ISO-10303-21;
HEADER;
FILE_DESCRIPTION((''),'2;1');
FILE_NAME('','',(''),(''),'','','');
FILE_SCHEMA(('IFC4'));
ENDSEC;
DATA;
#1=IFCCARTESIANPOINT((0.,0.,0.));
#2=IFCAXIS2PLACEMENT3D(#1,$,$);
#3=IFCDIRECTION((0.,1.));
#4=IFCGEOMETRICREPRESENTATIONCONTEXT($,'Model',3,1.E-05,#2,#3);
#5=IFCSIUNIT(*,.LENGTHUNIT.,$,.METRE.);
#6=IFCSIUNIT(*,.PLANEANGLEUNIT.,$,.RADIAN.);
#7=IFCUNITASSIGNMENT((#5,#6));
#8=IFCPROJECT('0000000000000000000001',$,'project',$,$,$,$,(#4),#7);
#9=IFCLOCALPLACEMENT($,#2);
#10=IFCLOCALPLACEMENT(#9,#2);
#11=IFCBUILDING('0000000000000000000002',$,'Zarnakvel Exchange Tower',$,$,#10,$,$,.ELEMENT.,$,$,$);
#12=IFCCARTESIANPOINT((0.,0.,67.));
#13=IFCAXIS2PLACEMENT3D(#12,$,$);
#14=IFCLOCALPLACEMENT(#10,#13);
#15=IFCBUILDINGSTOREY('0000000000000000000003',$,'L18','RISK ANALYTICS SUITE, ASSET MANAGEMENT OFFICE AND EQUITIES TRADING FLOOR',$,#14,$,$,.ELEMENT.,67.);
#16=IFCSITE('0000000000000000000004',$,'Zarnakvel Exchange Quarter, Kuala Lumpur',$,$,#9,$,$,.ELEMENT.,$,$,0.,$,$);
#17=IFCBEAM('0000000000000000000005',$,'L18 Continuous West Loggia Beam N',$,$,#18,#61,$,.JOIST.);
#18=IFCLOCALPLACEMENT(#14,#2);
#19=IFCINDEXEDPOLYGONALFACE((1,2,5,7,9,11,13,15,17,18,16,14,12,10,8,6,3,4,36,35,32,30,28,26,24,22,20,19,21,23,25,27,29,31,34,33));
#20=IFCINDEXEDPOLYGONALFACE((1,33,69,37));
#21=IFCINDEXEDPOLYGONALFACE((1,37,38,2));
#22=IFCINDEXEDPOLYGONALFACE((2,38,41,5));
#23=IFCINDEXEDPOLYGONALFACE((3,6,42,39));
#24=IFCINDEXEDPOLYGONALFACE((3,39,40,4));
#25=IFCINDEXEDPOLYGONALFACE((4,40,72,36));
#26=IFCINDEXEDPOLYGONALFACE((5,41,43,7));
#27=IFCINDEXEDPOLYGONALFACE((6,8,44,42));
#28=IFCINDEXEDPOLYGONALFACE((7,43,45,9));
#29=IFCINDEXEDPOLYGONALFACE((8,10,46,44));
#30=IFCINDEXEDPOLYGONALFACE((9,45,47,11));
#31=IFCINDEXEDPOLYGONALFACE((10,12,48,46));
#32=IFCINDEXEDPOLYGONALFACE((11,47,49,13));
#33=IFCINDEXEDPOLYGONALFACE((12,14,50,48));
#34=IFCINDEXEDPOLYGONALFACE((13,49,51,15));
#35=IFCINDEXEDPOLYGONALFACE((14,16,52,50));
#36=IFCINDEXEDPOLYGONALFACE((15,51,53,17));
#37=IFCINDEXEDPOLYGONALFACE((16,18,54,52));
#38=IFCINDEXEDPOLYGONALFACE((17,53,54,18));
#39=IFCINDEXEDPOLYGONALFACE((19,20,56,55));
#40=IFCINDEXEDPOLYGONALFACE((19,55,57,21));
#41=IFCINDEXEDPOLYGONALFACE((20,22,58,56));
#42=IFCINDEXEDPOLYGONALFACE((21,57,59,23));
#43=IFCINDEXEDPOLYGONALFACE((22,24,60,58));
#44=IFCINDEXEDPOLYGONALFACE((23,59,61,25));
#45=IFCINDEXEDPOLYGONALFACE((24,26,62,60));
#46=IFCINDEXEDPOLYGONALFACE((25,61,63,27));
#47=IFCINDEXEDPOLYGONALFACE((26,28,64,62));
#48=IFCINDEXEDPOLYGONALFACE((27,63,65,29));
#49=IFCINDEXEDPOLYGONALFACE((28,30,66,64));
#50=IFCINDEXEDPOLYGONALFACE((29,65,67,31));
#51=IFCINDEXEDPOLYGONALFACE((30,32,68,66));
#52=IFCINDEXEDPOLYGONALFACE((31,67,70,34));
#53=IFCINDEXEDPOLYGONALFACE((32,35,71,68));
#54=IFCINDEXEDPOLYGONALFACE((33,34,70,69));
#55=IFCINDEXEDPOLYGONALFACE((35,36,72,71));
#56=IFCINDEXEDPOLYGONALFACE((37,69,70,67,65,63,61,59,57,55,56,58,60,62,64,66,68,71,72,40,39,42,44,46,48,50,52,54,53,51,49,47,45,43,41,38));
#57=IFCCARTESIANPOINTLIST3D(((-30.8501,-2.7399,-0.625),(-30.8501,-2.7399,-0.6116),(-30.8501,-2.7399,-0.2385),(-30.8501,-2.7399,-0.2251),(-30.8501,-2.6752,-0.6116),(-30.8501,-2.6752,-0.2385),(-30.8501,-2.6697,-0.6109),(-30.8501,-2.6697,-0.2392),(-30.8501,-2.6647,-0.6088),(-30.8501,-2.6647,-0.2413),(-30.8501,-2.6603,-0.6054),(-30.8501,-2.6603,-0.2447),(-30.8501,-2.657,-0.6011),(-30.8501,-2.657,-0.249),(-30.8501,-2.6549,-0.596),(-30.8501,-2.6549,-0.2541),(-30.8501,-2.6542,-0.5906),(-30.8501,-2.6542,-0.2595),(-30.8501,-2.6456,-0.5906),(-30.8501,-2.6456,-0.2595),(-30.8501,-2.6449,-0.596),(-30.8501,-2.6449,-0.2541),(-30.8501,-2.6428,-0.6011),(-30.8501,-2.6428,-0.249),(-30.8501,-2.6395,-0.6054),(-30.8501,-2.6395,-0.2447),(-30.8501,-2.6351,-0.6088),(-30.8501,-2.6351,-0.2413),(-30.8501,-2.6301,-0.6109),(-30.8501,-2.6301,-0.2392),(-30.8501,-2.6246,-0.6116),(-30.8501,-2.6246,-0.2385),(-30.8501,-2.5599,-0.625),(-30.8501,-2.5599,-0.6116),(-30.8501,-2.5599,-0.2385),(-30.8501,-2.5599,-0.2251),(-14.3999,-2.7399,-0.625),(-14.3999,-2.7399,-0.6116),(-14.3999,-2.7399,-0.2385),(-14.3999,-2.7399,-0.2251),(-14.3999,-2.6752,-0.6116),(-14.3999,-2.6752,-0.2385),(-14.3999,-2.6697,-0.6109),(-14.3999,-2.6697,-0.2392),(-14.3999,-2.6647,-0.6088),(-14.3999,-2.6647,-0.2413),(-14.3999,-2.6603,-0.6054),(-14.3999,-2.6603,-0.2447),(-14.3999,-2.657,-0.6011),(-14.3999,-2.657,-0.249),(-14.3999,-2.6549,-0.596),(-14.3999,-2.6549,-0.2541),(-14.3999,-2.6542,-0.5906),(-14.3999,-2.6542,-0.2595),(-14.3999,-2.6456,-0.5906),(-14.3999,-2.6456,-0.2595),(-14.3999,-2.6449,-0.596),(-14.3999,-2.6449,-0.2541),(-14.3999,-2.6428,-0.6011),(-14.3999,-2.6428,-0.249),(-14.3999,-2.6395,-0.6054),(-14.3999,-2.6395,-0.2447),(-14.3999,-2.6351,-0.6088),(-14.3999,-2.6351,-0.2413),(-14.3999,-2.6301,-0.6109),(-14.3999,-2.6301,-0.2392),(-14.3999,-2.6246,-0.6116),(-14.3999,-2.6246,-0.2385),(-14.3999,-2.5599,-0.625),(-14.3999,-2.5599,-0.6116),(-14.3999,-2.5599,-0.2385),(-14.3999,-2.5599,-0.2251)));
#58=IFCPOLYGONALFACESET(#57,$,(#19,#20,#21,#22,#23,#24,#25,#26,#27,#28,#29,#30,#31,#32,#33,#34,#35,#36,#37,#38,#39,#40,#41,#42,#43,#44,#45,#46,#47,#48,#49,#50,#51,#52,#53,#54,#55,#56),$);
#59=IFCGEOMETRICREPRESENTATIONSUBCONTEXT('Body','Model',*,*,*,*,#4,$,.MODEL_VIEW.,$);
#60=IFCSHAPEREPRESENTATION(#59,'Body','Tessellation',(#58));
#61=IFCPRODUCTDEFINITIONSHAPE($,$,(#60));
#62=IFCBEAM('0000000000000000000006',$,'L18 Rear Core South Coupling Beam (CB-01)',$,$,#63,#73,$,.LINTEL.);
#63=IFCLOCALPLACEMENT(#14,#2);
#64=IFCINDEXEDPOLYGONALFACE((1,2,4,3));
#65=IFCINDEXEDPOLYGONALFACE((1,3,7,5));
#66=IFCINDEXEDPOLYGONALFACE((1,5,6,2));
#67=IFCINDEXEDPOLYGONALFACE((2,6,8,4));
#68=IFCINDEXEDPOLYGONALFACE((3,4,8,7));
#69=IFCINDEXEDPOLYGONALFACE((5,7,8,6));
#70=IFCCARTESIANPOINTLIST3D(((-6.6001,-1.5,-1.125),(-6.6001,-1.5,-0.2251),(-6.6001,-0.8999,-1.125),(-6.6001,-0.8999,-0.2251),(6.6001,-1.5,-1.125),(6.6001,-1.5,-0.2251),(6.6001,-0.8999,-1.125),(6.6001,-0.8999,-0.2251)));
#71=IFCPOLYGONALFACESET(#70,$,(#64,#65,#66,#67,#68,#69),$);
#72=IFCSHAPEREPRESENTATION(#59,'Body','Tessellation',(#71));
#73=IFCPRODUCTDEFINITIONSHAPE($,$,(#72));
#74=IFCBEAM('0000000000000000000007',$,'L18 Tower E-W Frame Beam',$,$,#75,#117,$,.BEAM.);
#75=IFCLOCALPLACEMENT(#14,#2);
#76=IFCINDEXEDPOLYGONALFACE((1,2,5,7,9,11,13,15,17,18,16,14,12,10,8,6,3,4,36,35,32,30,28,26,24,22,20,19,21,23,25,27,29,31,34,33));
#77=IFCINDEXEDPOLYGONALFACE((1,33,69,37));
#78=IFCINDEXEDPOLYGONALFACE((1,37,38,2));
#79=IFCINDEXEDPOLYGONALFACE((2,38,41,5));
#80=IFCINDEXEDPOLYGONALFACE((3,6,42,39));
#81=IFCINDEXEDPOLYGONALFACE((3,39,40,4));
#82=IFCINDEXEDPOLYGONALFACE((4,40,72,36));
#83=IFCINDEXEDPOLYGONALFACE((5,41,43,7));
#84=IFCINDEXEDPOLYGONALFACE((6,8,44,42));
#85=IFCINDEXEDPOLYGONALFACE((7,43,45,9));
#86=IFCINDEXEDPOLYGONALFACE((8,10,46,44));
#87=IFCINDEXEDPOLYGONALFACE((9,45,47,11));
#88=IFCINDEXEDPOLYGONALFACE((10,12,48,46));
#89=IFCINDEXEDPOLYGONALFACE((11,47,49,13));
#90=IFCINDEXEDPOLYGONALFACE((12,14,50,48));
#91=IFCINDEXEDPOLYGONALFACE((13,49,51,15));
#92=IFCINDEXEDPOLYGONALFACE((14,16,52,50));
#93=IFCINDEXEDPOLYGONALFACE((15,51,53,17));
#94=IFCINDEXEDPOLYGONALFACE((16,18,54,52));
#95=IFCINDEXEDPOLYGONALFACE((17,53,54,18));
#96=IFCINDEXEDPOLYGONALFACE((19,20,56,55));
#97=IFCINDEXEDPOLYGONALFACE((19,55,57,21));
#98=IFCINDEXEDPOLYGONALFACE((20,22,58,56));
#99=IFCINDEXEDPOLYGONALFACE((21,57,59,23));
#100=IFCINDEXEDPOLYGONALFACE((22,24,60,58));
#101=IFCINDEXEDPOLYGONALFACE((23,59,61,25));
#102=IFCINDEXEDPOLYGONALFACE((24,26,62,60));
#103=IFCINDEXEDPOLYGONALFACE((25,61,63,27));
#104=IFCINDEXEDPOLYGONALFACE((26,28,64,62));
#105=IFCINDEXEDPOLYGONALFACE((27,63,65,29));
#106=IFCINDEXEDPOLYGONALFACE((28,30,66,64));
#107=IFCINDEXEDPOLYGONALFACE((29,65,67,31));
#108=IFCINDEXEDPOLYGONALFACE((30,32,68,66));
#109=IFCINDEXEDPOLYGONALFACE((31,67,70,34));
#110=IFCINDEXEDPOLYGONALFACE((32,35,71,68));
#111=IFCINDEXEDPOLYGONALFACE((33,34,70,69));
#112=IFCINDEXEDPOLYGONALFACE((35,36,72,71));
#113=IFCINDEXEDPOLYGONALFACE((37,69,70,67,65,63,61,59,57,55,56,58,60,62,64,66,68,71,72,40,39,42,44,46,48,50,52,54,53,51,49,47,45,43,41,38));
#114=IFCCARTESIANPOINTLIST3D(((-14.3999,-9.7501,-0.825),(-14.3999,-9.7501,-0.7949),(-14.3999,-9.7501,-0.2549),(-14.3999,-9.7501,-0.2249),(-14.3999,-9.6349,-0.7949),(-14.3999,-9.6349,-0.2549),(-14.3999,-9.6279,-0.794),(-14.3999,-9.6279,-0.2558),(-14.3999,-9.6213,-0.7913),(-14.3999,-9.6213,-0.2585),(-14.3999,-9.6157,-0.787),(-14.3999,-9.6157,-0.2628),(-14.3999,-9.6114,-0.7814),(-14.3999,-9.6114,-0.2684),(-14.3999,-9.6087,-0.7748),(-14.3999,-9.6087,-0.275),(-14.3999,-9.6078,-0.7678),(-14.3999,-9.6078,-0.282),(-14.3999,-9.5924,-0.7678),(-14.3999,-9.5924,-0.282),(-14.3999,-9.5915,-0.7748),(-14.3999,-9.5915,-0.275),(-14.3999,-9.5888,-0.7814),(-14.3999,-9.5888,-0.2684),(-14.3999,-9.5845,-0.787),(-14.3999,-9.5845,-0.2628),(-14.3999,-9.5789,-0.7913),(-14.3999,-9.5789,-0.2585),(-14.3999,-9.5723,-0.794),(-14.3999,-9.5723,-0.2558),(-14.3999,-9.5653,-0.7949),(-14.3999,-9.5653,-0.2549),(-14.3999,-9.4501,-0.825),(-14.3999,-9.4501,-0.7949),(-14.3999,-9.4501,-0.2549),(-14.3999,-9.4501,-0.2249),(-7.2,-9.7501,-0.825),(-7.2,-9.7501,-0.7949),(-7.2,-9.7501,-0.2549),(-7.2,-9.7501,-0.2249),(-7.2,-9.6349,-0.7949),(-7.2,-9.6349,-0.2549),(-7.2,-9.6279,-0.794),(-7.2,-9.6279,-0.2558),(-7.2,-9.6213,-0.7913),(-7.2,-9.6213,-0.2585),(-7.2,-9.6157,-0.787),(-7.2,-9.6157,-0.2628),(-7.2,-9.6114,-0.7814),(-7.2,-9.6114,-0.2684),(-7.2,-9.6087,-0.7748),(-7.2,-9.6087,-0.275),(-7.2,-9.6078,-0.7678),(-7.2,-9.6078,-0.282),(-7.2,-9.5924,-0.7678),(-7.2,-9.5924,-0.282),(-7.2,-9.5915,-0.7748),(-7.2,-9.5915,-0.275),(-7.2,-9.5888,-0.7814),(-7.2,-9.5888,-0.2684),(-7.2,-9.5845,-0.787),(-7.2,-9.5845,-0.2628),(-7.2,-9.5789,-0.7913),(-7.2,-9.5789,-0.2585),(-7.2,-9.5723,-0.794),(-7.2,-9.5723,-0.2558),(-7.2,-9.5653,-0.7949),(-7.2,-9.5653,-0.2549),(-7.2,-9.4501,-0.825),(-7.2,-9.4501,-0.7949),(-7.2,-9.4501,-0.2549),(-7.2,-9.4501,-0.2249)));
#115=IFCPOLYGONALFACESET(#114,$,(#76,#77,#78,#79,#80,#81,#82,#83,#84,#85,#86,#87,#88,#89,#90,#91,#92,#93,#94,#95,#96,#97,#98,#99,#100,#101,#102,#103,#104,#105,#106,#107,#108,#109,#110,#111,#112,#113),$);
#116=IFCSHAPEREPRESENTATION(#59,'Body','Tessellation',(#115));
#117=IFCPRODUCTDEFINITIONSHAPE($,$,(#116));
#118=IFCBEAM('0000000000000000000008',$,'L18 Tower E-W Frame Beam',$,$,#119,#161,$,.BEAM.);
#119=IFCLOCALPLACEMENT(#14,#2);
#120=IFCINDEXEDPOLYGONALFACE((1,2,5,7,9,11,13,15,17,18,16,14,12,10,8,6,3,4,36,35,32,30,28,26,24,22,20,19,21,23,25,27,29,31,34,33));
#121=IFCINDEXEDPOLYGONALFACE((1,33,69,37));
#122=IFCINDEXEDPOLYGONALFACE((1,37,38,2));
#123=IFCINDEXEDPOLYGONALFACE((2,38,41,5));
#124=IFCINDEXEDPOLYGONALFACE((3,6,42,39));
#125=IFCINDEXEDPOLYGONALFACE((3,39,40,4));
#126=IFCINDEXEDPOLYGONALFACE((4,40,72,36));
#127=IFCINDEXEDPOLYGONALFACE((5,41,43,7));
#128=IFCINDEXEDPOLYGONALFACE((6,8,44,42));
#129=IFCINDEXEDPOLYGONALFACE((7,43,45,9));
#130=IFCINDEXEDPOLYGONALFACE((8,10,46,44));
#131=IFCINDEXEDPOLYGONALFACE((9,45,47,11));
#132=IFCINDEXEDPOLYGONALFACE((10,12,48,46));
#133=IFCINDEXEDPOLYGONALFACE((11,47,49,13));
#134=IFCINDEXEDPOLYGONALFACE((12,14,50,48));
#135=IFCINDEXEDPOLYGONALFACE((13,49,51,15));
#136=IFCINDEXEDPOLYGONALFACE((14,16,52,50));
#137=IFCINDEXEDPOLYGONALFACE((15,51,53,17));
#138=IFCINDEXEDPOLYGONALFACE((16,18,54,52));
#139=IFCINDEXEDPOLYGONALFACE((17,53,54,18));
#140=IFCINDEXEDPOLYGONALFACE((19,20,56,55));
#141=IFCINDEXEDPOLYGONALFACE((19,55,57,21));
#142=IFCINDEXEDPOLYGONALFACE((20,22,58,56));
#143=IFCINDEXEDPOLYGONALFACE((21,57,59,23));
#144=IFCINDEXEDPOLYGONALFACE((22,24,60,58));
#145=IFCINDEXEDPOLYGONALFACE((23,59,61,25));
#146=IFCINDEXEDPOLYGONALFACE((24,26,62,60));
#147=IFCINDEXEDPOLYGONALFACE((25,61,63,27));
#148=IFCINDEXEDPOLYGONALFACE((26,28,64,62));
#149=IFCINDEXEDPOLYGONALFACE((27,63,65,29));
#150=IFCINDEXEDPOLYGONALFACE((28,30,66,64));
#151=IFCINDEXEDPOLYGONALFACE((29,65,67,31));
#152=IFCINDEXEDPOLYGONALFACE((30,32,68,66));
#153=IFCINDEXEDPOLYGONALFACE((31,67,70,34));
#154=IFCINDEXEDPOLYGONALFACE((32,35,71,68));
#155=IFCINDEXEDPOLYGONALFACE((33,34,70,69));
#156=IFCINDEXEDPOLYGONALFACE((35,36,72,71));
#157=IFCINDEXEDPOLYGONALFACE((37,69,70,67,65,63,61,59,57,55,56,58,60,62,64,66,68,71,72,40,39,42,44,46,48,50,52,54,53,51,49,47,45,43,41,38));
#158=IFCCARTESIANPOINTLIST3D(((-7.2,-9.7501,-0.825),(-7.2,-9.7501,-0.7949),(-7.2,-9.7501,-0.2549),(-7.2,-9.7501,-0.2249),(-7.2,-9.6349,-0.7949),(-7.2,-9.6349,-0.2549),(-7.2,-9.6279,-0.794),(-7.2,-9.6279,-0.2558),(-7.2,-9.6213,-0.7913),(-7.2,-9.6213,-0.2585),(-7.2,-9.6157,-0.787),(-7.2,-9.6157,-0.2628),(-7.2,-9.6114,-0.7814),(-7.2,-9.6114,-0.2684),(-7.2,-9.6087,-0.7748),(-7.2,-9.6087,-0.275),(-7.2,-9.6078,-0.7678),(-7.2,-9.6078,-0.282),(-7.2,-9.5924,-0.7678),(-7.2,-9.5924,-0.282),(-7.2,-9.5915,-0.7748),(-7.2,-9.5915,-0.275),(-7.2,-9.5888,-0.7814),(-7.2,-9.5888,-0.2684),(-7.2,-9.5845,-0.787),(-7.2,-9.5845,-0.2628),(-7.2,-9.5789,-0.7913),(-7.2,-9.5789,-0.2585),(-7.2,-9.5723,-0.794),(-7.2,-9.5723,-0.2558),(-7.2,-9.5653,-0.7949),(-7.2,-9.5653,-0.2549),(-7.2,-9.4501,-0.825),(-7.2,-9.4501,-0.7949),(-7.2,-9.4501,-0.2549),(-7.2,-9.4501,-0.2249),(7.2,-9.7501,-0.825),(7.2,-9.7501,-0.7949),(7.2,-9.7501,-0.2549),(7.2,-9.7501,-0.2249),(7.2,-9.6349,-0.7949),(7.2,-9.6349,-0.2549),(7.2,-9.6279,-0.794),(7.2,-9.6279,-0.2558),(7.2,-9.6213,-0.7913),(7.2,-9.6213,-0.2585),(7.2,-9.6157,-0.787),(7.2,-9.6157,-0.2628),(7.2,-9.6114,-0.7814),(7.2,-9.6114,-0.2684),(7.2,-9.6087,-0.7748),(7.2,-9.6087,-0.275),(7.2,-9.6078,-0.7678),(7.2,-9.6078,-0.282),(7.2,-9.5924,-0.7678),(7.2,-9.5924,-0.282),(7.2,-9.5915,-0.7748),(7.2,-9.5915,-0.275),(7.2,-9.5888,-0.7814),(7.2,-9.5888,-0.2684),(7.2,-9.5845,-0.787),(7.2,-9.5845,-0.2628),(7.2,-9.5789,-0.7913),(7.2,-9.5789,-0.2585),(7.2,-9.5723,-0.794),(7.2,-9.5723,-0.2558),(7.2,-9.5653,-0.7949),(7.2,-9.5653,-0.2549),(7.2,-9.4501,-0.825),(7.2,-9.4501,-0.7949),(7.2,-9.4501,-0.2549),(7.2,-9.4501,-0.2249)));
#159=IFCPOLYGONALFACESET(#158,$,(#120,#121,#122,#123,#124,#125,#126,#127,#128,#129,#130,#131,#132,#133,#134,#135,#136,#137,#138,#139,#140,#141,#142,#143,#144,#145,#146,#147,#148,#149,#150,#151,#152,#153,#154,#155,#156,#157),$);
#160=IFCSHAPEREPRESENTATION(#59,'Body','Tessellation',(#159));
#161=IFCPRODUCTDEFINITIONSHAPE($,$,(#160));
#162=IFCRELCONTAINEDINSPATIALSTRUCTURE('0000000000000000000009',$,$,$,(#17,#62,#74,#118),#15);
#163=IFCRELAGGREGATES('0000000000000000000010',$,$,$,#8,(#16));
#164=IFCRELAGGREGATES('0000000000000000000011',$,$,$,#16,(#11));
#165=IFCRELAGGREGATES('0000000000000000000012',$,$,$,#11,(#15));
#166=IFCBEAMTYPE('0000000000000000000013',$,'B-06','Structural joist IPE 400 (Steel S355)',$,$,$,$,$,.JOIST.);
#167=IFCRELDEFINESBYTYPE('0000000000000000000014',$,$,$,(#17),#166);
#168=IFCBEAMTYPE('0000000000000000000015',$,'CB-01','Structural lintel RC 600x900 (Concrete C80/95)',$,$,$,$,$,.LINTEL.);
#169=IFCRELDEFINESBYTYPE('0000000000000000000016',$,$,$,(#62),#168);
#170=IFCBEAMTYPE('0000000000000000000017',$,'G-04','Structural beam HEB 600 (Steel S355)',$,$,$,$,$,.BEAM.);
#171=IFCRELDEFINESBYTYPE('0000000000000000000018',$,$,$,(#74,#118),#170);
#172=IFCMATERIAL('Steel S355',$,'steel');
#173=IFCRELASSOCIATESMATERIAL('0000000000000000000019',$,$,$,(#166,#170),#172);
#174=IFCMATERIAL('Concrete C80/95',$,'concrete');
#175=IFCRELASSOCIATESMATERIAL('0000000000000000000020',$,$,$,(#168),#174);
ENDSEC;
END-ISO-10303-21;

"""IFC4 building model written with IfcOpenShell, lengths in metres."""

from ifc_helpers import new_model, si_unit, direction, frame, origin, origin_2d, place, context, subcontext, project, spatial, rectangle, i_section, extrude, material, material_profile, profile_set, type_object, element, save


model = new_model("IFC4")

# Units and contexts
model_context = context("Model", 3, precision=1e-05, world=origin(), true_north=direction((0.0, 1.0)))
body_context = subcontext(model_context, "Body", "Model", "MODEL_VIEW")
ifc_project = project(units=[si_unit("LENGTHUNIT", "METRE"), si_unit("PLANEANGLEUNIT", "RADIAN")], contexts=[model_context])

# Site, building, storey
site_placement = place(None, origin())
site = spatial("IfcSite", under=ifc_project, at=site_placement, Name="Zarnakvel Exchange Quarter, Kuala Lumpur", CompositionType="ELEMENT", RefElevation=0.0)
building_placement = place(site_placement, origin())
building = spatial("IfcBuilding", under=site, at=building_placement, Name="Zarnakvel Exchange Tower", CompositionType="ELEMENT")
storey_placement = place(building_placement, frame((0.0, 0.0, 67.0)))
storey = spatial("IfcBuildingStorey", under=building, at=storey_placement, Name="L18", Description="RISK ANALYTICS SUITE, ASSET MANAGEMENT OFFICE AND EQUITIES TRADING FLOOR", CompositionType="ELEMENT", Elevation=67.0)

# Shared definitions
ifc_material_1 = material(Name="Concrete C80/95", Category="concrete")

# Beams
ifc_material_2 = material(Name="Steel S355", Category="steel")
ifc_material_profile_1 = material_profile(ifc_material_2, i_section(OverallWidth=0.1799, OverallDepth=0.3999, WebThickness=0.0085, FlangeThickness=0.0134, FilletRadius=0.021, at=origin_2d()))
ifc_profile_set_1 = profile_set([ifc_material_profile_1], Name="Steel S355")
beam_type_1 = type_object("IfcBeamType", Name="B-06", Description="Structural joist IPE 400 (Steel S355)", PredefinedType="JOIST", material=ifc_profile_set_1)
for number, where, z_axis, x_axis, name in (
    (1, (-14.3999, -2.6499, -0.425), (-1.0, 0.0, 0.0), (0.0, -1.0, 0.0), "L18 Continuous West Loggia Beam N"),
):
    element("IfcBeam", number, at=place(storey_placement, frame(where, z_axis=z_axis, x_axis=x_axis)), inside=storey, type_object=beam_type_1, Name=name, PredefinedType="JOIST", context=body_context, shape_type="SweptSolid", body=[
        extrude(i_section(OverallWidth=0.1799, OverallDepth=0.3999, WebThickness=0.0085, FlangeThickness=0.0134, FilletRadius=0.021, at=origin_2d()), origin(), (0.0, 0.0, 1.0), 16.4502),
    ])
ifc_material_profile_2 = material_profile(ifc_material_1, rectangle(XDim=0.6001, YDim=0.8999, at=origin_2d()))
ifc_profile_set_2 = profile_set([ifc_material_profile_2], Name="Concrete C80/95")
beam_type_2 = type_object("IfcBeamType", Name="CB-01", Description="Structural lintel RC 600x900 (Concrete C80/95)", PredefinedType="LINTEL", material=ifc_profile_set_2)
beam_1_placement = place(storey_placement, frame((-6.6001, -1.2, -0.675), z_axis=(1.0, 0.0, 0.0), x_axis=(0.0, 1.0, 0.0)))
element("IfcBeam", 2, at=beam_1_placement, inside=storey, type_object=beam_type_2, Name="L18 Rear Core South Coupling Beam (CB-01)", PredefinedType="LINTEL", context=body_context, shape_type="SweptSolid", body=[
    extrude(rectangle(XDim=0.6001, YDim=0.8999, at=origin_2d()), origin(), (0.0, 0.0, 1.0), 13.2002),
])
ifc_material_profile_3 = material_profile(ifc_material_2, i_section(OverallWidth=0.3, OverallDepth=0.6001, WebThickness=0.0154, FlangeThickness=0.03, FilletRadius=0.0271, at=origin_2d()))
ifc_profile_set_3 = profile_set([ifc_material_profile_3], Name="Steel S355")
beam_type_3 = type_object("IfcBeamType", Name="G-04", Description="Structural beam HEB 600 (Steel S355)", PredefinedType="BEAM", material=ifc_profile_set_3)
beam_2_placement = place(storey_placement, frame((-14.3999, -9.6001, -0.5249), z_axis=(1.0, 0.0, 0.0), x_axis=(0.0, 1.0, 0.0)))
element("IfcBeam", 3, at=beam_2_placement, inside=storey, type_object=beam_type_3, Name="L18 Tower E-W Frame Beam", PredefinedType="BEAM", context=body_context, shape_type="SweptSolid", body=[
    extrude(i_section(OverallWidth=0.3, OverallDepth=0.6001, WebThickness=0.0154, FlangeThickness=0.03, FilletRadius=0.0271, at=origin_2d()), origin(), (0.0, 0.0, 1.0), 7.2),
])
beam_3_placement = place(storey_placement, frame((-7.2, -9.6001, -0.5249), z_axis=(1.0, 0.0, 0.0), x_axis=(0.0, 1.0, 0.0)))
element("IfcBeam", 4, at=beam_3_placement, inside=storey, type_object=beam_type_3, Name="L18 Tower E-W Frame Beam", PredefinedType="BEAM", context=body_context, shape_type="SweptSolid", body=[
    extrude(i_section(OverallWidth=0.3, OverallDepth=0.6001, WebThickness=0.0154, FlangeThickness=0.03, FilletRadius=0.0271, at=origin_2d()), origin(), (0.0, 0.0, 1.0), 14.3999),
])

save(model, "model.ifc")
